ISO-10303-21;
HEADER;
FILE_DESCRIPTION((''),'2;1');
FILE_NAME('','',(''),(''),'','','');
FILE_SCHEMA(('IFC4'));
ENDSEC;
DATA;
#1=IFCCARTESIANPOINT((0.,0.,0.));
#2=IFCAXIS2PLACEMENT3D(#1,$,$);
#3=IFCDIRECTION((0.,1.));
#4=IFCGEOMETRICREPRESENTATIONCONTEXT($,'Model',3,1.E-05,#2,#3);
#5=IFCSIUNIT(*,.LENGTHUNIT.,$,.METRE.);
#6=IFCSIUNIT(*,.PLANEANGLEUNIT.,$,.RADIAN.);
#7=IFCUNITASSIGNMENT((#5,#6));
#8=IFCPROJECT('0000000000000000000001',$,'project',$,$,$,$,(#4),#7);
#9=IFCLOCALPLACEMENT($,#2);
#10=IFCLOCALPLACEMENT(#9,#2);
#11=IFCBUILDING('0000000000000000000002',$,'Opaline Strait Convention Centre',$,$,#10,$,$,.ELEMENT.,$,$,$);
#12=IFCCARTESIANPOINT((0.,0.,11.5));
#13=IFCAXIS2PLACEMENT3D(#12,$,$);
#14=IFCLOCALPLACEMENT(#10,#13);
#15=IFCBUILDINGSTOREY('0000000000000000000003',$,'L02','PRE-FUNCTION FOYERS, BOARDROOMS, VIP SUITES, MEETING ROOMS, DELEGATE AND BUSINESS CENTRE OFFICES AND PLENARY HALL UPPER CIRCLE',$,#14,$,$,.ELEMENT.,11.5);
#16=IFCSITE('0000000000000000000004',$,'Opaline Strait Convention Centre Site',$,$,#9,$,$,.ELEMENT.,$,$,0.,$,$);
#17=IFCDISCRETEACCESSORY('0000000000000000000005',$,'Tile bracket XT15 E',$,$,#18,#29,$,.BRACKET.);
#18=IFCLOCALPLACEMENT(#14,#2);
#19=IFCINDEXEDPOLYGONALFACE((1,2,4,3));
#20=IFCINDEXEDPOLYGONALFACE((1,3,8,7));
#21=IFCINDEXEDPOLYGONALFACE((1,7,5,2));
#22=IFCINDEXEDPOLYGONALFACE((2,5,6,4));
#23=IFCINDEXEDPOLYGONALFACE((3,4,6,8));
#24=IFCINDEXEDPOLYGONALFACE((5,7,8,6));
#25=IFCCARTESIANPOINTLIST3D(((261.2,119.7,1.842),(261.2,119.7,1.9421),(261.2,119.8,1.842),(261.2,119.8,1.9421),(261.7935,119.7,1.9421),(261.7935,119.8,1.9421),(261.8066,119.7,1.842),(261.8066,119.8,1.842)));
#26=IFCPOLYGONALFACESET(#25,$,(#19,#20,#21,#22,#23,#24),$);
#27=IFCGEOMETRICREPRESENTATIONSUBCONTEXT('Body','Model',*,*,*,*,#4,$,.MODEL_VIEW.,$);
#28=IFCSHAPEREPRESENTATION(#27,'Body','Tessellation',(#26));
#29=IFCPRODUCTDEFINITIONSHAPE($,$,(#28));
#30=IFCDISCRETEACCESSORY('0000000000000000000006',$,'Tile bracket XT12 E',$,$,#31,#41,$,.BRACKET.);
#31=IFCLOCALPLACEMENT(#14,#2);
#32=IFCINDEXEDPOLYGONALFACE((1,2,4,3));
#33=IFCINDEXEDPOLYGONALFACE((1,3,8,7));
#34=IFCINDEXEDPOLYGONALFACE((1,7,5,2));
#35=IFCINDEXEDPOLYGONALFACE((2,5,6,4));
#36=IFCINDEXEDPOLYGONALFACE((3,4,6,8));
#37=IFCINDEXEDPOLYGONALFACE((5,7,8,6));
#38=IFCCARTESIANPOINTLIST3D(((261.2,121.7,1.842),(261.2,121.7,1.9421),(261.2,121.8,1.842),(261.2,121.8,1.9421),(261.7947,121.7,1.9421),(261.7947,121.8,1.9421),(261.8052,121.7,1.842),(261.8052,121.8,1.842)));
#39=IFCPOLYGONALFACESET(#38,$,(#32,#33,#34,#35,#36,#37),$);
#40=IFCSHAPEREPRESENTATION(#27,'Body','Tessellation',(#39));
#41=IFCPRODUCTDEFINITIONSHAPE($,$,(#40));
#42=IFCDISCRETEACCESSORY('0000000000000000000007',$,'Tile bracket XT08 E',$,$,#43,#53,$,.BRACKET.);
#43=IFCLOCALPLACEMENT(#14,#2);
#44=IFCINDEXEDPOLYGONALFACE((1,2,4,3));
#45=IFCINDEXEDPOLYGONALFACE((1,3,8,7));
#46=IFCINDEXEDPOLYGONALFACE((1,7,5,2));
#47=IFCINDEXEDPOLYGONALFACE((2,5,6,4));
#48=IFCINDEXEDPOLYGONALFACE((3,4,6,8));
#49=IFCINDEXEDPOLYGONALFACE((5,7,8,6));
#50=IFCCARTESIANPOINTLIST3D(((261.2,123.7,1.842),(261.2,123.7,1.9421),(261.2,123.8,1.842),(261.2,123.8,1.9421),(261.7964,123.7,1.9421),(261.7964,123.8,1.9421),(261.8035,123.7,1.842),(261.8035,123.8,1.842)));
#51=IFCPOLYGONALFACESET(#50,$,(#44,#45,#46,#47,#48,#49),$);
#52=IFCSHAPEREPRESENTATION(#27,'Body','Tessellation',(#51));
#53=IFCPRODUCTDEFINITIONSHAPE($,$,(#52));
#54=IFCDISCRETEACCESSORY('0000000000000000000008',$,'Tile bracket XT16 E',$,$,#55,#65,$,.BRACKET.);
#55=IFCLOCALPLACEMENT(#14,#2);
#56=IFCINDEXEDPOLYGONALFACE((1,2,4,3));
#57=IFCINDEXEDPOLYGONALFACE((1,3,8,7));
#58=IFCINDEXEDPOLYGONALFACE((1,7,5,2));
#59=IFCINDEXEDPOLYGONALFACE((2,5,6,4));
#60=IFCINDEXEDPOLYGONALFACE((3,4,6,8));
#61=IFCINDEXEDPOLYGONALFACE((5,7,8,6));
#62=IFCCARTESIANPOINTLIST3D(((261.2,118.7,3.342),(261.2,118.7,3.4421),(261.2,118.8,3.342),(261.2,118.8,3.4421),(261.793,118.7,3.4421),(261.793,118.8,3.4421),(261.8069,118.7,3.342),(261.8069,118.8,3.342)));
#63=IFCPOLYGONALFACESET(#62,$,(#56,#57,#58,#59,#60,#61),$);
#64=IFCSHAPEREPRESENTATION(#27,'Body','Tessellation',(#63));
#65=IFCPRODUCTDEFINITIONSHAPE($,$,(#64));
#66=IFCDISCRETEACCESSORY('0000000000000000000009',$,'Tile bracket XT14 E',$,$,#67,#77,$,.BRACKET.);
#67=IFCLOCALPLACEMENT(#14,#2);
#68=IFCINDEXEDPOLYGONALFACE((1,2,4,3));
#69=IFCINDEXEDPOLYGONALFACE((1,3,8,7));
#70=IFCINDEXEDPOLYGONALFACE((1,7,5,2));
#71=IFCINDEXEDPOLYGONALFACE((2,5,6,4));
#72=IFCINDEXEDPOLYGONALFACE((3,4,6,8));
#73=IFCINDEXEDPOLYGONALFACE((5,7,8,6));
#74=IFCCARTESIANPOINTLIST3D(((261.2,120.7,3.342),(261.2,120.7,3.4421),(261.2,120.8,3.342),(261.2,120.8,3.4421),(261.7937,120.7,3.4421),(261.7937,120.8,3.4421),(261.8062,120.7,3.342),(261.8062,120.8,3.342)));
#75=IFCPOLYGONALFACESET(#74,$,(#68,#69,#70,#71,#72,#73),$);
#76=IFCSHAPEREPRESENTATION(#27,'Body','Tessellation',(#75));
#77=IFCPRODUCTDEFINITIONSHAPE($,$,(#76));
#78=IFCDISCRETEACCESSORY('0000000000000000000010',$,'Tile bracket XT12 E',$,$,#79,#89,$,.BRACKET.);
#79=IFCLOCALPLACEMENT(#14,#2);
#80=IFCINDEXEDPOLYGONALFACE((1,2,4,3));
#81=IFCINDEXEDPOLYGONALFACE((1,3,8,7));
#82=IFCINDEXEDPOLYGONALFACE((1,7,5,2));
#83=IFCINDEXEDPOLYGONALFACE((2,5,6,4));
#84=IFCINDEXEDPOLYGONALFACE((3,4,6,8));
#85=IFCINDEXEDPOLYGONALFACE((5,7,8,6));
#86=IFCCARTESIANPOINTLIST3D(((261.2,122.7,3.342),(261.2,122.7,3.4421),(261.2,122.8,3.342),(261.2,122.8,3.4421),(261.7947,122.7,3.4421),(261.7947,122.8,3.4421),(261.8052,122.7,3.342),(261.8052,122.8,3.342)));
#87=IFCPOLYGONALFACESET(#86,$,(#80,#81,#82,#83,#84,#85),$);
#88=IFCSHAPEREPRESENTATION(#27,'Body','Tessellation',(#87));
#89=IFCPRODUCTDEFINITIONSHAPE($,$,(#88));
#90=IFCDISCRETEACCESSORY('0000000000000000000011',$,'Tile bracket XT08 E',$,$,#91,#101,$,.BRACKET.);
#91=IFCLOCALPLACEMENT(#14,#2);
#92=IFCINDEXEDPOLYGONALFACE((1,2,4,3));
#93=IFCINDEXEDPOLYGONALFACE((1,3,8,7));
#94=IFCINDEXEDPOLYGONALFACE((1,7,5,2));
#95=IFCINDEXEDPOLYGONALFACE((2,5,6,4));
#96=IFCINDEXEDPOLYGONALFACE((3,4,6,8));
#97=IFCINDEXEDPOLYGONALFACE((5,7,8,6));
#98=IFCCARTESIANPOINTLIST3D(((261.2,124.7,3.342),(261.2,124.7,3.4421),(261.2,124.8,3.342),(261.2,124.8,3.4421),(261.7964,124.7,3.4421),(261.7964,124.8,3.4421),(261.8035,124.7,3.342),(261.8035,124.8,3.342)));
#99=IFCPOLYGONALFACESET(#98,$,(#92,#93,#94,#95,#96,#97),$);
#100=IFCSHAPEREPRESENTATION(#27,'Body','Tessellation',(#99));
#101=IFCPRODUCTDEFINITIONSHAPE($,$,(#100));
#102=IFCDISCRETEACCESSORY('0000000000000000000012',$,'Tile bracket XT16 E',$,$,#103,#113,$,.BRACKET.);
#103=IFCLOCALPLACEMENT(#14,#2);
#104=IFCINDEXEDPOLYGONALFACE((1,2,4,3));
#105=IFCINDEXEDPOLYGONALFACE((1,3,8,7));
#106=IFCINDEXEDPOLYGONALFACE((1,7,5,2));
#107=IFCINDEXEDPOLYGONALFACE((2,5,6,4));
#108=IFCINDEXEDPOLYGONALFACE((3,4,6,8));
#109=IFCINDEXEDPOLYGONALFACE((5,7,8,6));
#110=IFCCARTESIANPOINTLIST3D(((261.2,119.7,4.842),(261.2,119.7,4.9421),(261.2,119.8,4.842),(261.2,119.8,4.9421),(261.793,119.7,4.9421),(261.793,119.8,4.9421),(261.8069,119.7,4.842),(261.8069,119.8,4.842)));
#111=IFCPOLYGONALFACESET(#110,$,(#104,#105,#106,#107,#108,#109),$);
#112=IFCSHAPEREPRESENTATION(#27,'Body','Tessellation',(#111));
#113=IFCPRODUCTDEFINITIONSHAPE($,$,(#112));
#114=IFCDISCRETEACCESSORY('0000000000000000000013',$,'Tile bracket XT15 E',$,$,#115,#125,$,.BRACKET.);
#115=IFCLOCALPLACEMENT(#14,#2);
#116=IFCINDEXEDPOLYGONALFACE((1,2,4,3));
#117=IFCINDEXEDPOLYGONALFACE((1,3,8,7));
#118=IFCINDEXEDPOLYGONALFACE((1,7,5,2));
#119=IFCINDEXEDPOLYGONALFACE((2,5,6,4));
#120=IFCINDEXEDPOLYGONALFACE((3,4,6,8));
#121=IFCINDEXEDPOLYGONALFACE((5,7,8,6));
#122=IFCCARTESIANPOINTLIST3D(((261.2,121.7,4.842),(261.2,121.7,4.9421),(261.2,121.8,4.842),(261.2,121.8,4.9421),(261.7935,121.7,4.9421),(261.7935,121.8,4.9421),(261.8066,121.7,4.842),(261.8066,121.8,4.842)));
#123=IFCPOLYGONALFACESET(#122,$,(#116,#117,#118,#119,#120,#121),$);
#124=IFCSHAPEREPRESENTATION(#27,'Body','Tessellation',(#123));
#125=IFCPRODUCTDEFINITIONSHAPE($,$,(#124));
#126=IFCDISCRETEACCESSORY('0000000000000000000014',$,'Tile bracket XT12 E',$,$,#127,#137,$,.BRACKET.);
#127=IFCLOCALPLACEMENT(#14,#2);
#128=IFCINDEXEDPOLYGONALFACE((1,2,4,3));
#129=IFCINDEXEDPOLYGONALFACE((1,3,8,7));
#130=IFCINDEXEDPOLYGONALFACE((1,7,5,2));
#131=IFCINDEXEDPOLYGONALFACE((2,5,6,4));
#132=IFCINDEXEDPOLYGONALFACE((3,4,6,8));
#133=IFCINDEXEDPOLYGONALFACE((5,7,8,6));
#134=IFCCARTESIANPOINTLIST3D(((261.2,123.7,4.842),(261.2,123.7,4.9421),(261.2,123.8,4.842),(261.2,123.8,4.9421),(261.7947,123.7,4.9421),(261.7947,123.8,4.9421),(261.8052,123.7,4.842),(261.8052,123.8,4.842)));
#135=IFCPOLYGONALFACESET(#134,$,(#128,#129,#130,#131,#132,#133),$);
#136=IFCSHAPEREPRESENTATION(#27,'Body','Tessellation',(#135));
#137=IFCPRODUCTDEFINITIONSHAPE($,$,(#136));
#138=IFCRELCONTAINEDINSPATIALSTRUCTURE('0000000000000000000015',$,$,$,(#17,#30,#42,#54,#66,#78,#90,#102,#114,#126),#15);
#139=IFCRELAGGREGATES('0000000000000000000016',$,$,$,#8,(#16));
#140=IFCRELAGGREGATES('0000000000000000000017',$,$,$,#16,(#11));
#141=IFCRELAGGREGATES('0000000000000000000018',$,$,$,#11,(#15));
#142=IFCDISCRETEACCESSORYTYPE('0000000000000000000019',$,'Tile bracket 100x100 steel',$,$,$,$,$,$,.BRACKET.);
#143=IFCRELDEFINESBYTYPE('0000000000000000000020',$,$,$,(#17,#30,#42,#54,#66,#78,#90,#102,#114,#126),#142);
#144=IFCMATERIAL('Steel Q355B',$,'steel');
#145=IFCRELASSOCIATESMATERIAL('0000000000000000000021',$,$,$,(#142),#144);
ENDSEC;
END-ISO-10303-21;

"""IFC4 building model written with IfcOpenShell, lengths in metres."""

from ifc_helpers import new_model, si_unit, direction, frame, origin, place, context, subcontext, project, spatial, polyline, outline, extrude, material, type_object, element, save


model = new_model("IFC4")

# Units and contexts
model_context = context("Model", 3, precision=1e-05, world=origin(), true_north=direction((0.0, 1.0)))
body_context = subcontext(model_context, "Body", "Model", "MODEL_VIEW")
ifc_project = project(units=[si_unit("LENGTHUNIT", "METRE"), si_unit("PLANEANGLEUNIT", "RADIAN")], contexts=[model_context])

# Site, building, storey
site_placement = place(None, origin())
site = spatial("IfcSite", under=ifc_project, at=site_placement, Name="Opaline Strait Convention Centre Site", CompositionType="ELEMENT", RefElevation=0.0)
building_placement = place(site_placement, origin())
building = spatial("IfcBuilding", under=site, at=building_placement, Name="Opaline Strait Convention Centre", CompositionType="ELEMENT")
storey_placement = place(building_placement, frame((0.0, 0.0, 11.5)))
storey = spatial("IfcBuildingStorey", under=building, at=storey_placement, Name="L02", Description="PRE-FUNCTION FOYERS, BOARDROOMS, VIP SUITES, MEETING ROOMS, DELEGATE AND BUSINESS CENTRE OFFICES AND PLENARY HALL UPPER CIRCLE", CompositionType="ELEMENT", Elevation=11.5)

# Discrete accessories
ifc_material_1 = material(Name="Steel Q355B", Category="steel")
discrete_accessory_type = type_object("IfcDiscreteAccessoryType", Name="Tile bracket 100x100 steel", PredefinedType="BRACKET", material=ifc_material_1)
discrete_accessory_1_placement = place(storey_placement, frame((261.2, 119.7, 1.8921), z_axis=(0.0, 1.0, 0.0), x_axis=(-1.0, 0.0, 0.0)))
element("IfcDiscreteAccessory", 1, at=discrete_accessory_1_placement, inside=storey, type_object=discrete_accessory_type, Name="Tile bracket XT15 E", PredefinedType="BRACKET", context=body_context, shape_type="SweptSolid", body=[
    extrude(outline(polyline([(0.0, -0.05), (0.0, 0.05), (-0.5935, 0.05), (-0.6067, -0.05), (0.0, -0.05)])), origin(), (0.0, 0.0, 1.0), 0.1001),
])
discrete_accessory_2_placement = place(storey_placement, frame((261.2, 121.7, 1.8921), z_axis=(0.0, 1.0, 0.0), x_axis=(-1.0, 0.0, 0.0)))
element("IfcDiscreteAccessory", 2, at=discrete_accessory_2_placement, inside=storey, type_object=discrete_accessory_type, Name="Tile bracket XT12 E", PredefinedType="BRACKET", context=body_context, shape_type="SweptSolid", body=[
    extrude(outline(polyline([(0.0, -0.05), (0.0, 0.05), (-0.5947, 0.05), (-0.6052, -0.05), (0.0, -0.05)])), origin(), (0.0, 0.0, 1.0), 0.1001),
])
discrete_accessory_3_placement = place(storey_placement, frame((261.2, 123.7, 1.8921), z_axis=(0.0, 1.0, 0.0), x_axis=(-1.0, 0.0, 0.0)))
element("IfcDiscreteAccessory", 3, at=discrete_accessory_3_placement, inside=storey, type_object=discrete_accessory_type, Name="Tile bracket XT08 E", PredefinedType="BRACKET", context=body_context, shape_type="SweptSolid", body=[
    extrude(outline(polyline([(0.0, -0.05), (0.0, 0.05), (-0.5964, 0.05), (-0.6035, -0.05), (0.0, -0.05)])), origin(), (0.0, 0.0, 1.0), 0.1001),
])
discrete_accessory_4_placement = place(storey_placement, frame((261.2, 118.7, 3.3921), z_axis=(0.0, 1.0, 0.0), x_axis=(-1.0, 0.0, 0.0)))
element("IfcDiscreteAccessory", 4, at=discrete_accessory_4_placement, inside=storey, type_object=discrete_accessory_type, Name="Tile bracket XT16 E", PredefinedType="BRACKET", context=body_context, shape_type="SweptSolid", body=[
    extrude(outline(polyline([(0.0, -0.05), (0.0, 0.05), (-0.593, 0.05), (-0.6069, -0.05), (0.0, -0.05)])), origin(), (0.0, 0.0, 1.0), 0.1001),
])
discrete_accessory_5_placement = place(storey_placement, frame((261.2, 120.7, 3.3921), z_axis=(0.0, 1.0, 0.0), x_axis=(-1.0, 0.0, 0.0)))
element("IfcDiscreteAccessory", 5, at=discrete_accessory_5_placement, inside=storey, type_object=discrete_accessory_type, Name="Tile bracket XT14 E", PredefinedType="BRACKET", context=body_context, shape_type="SweptSolid", body=[
    extrude(outline(polyline([(0.0, -0.05), (0.0, 0.05), (-0.5938, 0.05), (-0.6062, -0.05), (0.0, -0.05)])), origin(), (0.0, 0.0, 1.0), 0.1001),
])
discrete_accessory_6_placement = place(storey_placement, frame((261.2, 122.7, 3.3921), z_axis=(0.0, 1.0, 0.0), x_axis=(-1.0, 0.0, 0.0)))
element("IfcDiscreteAccessory", 6, at=discrete_accessory_6_placement, inside=storey, type_object=discrete_accessory_type, Name="Tile bracket XT12 E", PredefinedType="BRACKET", context=body_context, shape_type="SweptSolid", body=[
    extrude(outline(polyline([(0.0, -0.05), (0.0, 0.05), (-0.5947, 0.05), (-0.6052, -0.05), (0.0, -0.05)])), origin(), (0.0, 0.0, 1.0), 0.1001),
])
discrete_accessory_7_placement = place(storey_placement, frame((261.2, 124.7, 3.3921), z_axis=(0.0, 1.0, 0.0), x_axis=(-1.0, 0.0, 0.0)))
element("IfcDiscreteAccessory", 7, at=discrete_accessory_7_placement, inside=storey, type_object=discrete_accessory_type, Name="Tile bracket XT08 E", PredefinedType="BRACKET", context=body_context, shape_type="SweptSolid", body=[
    extrude(outline(polyline([(0.0, -0.05), (0.0, 0.05), (-0.5964, 0.05), (-0.6035, -0.05), (0.0, -0.05)])), origin(), (0.0, 0.0, 1.0), 0.1001),
])
discrete_accessory_8_placement = place(storey_placement, frame((261.2, 119.7, 4.8921), z_axis=(0.0, 1.0, 0.0), x_axis=(-1.0, 0.0, 0.0)))
element("IfcDiscreteAccessory", 8, at=discrete_accessory_8_placement, inside=storey, type_object=discrete_accessory_type, Name="Tile bracket XT16 E", PredefinedType="BRACKET", context=body_context, shape_type="SweptSolid", body=[
    extrude(outline(polyline([(0.0, -0.05), (0.0, 0.05), (-0.593, 0.05), (-0.6069, -0.05), (0.0, -0.05)])), origin(), (0.0, 0.0, 1.0), 0.1001),
])
discrete_accessory_9_placement = place(storey_placement, frame((261.2, 121.7, 4.8921), z_axis=(0.0, 1.0, 0.0), x_axis=(-1.0, 0.0, 0.0)))
element("IfcDiscreteAccessory", 9, at=discrete_accessory_9_placement, inside=storey, type_object=discrete_accessory_type, Name="Tile bracket XT15 E", PredefinedType="BRACKET", context=body_context, shape_type="SweptSolid", body=[
    extrude(outline(polyline([(0.0, -0.05), (0.0, 0.05), (-0.5935, 0.05), (-0.6067, -0.05), (0.0, -0.05)])), origin(), (0.0, 0.0, 1.0), 0.1001),
])
discrete_accessory_10_placement = place(storey_placement, frame((261.2, 123.7, 4.8921), z_axis=(0.0, 1.0, 0.0), x_axis=(-1.0, 0.0, 0.0)))
element("IfcDiscreteAccessory", 10, at=discrete_accessory_10_placement, inside=storey, type_object=discrete_accessory_type, Name="Tile bracket XT12 E", PredefinedType="BRACKET", context=body_context, shape_type="SweptSolid", body=[
    extrude(outline(polyline([(0.0, -0.05), (0.0, 0.05), (-0.5947, 0.05), (-0.6052, -0.05), (0.0, -0.05)])), origin(), (0.0, 0.0, 1.0), 0.1001),
])

save(model, "model.ifc")
